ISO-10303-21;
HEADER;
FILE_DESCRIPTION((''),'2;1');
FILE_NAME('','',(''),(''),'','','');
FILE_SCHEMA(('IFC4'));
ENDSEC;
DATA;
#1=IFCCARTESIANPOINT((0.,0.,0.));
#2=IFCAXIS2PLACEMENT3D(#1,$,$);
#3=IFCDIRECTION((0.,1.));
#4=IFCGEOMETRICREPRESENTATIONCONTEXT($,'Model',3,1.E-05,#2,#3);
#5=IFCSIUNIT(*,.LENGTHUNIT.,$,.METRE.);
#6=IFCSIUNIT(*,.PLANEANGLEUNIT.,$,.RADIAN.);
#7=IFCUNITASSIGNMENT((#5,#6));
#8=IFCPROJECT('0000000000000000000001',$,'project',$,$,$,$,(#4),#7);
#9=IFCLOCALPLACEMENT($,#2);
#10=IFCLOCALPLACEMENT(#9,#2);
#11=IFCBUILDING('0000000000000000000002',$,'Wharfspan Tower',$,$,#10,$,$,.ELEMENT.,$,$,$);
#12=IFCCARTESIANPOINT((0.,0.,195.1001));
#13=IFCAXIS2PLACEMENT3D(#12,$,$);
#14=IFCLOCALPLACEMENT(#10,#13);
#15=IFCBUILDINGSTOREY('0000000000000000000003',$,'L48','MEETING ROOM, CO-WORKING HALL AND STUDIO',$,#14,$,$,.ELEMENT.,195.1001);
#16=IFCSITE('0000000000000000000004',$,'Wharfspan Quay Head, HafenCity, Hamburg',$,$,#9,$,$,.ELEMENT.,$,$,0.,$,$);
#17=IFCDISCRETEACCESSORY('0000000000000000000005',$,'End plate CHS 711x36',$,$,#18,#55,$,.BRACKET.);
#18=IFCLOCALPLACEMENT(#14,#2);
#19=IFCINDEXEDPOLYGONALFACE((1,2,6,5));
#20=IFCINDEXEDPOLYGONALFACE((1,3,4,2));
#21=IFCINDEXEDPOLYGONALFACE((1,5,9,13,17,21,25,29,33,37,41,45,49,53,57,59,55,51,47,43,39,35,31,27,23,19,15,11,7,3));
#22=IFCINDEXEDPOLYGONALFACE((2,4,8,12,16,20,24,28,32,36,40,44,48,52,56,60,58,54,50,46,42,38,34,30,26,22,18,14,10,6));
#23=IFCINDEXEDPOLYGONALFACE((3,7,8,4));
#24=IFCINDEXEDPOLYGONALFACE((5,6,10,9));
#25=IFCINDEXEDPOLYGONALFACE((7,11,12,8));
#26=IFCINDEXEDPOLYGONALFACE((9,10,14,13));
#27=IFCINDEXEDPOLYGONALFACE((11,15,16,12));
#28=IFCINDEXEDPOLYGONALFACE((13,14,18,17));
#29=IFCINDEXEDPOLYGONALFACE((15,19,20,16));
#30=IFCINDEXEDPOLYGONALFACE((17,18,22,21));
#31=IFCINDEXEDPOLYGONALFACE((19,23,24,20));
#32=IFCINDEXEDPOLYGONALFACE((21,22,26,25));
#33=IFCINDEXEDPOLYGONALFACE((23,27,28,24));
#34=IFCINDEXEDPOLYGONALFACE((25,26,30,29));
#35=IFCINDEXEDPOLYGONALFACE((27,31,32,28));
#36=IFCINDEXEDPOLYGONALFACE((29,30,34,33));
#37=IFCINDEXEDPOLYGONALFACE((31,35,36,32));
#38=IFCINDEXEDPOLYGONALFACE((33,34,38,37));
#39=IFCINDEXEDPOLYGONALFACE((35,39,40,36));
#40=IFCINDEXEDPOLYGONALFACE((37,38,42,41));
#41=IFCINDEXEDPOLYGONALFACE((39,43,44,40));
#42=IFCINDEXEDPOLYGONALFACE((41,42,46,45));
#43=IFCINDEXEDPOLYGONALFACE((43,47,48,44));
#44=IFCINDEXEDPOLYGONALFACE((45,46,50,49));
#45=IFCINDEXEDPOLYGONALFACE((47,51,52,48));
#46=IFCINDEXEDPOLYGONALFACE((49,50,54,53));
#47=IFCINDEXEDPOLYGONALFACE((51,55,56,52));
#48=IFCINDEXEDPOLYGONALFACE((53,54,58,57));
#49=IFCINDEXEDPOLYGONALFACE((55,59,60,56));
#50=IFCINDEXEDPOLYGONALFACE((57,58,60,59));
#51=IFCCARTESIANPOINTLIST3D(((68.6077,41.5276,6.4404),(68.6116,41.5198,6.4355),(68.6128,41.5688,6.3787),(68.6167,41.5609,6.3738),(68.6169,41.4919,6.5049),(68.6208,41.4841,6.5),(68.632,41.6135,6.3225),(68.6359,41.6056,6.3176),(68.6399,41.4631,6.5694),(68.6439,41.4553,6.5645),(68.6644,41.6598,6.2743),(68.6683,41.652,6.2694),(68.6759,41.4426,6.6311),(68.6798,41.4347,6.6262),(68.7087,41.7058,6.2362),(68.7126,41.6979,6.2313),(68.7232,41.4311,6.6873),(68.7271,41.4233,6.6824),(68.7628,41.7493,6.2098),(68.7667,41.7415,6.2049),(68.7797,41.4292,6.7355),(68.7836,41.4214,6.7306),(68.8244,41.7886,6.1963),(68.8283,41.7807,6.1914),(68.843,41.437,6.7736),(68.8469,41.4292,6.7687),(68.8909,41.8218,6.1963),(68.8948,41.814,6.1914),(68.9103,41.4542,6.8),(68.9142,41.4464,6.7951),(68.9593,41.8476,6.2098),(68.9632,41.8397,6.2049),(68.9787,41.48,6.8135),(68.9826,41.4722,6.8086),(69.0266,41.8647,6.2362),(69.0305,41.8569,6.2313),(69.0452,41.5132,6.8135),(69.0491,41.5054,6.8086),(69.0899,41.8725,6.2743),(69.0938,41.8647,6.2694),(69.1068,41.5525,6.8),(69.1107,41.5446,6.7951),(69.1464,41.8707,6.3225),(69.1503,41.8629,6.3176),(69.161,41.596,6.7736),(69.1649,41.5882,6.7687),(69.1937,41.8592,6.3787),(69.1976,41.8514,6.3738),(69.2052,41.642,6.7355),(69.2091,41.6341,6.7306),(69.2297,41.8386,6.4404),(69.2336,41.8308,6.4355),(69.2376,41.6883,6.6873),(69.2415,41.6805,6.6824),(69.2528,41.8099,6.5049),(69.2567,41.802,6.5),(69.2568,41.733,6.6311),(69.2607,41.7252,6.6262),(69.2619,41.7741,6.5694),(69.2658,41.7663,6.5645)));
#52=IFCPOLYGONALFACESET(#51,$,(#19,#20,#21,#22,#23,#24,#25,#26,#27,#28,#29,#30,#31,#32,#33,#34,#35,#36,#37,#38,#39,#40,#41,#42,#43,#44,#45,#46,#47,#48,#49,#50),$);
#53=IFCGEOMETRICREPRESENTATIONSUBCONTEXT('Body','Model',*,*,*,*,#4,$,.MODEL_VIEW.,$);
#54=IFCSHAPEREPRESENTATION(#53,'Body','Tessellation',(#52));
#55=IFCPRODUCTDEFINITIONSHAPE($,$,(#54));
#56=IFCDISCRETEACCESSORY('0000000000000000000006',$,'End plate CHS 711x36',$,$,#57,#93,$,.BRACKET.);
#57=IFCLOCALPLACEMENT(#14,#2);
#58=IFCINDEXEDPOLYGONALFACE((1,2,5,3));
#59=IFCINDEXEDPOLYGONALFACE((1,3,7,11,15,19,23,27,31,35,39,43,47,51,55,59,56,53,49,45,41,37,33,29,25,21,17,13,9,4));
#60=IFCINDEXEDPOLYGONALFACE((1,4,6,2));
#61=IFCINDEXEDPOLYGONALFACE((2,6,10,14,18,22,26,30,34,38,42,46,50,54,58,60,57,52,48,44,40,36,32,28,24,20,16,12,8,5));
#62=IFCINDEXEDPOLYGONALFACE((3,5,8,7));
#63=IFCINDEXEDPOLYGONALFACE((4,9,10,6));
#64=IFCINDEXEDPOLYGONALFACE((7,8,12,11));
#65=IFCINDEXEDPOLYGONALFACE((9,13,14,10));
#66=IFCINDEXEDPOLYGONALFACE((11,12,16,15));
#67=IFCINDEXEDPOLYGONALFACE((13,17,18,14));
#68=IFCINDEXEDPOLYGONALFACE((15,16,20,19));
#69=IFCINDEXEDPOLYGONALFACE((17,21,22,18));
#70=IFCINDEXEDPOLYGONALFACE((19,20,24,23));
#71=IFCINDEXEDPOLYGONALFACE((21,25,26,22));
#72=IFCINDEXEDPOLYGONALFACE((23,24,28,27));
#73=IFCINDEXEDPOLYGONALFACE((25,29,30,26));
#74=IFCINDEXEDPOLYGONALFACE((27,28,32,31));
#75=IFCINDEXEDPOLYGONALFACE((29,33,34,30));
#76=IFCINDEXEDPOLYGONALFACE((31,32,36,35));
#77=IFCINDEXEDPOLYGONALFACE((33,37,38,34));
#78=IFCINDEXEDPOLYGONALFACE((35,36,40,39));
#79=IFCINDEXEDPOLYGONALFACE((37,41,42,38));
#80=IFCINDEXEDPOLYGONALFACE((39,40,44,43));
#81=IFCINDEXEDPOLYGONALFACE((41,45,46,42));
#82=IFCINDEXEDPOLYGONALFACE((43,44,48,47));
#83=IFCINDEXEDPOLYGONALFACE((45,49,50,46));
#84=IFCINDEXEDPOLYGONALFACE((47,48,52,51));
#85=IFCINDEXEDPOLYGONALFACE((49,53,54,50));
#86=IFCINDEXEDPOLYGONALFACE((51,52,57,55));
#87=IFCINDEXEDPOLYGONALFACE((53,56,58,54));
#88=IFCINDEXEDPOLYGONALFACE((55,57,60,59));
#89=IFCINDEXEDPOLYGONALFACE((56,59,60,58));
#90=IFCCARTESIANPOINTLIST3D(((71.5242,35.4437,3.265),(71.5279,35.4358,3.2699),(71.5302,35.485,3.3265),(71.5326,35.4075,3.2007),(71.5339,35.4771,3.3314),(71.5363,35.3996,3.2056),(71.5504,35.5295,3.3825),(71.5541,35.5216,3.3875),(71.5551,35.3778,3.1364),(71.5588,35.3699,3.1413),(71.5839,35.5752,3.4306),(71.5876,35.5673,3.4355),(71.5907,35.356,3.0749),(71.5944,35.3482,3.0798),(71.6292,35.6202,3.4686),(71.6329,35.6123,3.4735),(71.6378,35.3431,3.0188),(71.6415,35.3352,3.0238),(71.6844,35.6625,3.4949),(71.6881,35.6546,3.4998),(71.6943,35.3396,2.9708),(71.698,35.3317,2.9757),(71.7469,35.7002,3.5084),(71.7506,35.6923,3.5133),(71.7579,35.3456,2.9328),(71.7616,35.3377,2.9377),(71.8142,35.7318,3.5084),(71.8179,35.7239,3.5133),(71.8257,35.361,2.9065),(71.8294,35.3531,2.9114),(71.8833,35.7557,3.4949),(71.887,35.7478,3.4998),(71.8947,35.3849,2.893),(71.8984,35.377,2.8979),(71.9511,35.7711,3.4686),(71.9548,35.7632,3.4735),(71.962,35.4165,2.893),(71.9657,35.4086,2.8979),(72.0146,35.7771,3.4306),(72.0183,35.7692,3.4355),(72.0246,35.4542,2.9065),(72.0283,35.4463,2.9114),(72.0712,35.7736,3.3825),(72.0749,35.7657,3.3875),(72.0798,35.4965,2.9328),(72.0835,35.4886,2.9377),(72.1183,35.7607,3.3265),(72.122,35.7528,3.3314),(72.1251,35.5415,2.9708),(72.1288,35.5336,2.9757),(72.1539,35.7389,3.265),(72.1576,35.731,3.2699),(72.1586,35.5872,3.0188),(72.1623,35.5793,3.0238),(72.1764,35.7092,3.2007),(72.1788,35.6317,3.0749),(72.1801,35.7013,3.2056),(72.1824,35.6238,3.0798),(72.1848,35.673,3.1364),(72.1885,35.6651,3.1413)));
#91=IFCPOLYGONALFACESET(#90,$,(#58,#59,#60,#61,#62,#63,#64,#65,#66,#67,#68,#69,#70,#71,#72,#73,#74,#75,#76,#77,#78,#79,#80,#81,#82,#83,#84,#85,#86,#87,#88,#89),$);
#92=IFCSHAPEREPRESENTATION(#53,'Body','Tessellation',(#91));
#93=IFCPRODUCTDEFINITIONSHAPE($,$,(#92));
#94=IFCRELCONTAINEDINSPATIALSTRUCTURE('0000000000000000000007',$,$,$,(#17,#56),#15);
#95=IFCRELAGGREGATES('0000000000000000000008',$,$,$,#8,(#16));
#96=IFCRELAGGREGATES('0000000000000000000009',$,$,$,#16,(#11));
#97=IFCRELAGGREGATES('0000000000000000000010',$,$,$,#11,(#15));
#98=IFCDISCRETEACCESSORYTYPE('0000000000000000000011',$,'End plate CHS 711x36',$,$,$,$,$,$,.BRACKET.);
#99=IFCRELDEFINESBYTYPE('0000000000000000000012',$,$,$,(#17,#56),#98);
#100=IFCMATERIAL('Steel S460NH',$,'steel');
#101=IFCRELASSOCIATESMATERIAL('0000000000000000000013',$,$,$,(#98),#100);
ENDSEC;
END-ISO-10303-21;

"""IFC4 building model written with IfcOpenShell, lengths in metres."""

from ifc_helpers import new_model, si_unit, direction, frame, origin, origin_2d, place, context, subcontext, project, spatial, circle, extrude, material, material_profile, profile_set, type_object, element, save


model = new_model("IFC4")

# Units and contexts
model_context = context("Model", 3, precision=1e-05, world=origin(), true_north=direction((0.0, 1.0)))
body_context = subcontext(model_context, "Body", "Model", "MODEL_VIEW")
ifc_project = project(units=[si_unit("LENGTHUNIT", "METRE"), si_unit("PLANEANGLEUNIT", "RADIAN")], contexts=[model_context])

# Site, building, storey
site_placement = place(None, origin())
site = spatial("IfcSite", under=ifc_project, at=site_placement, Name="Wharfspan Quay Head, HafenCity, Hamburg", CompositionType="ELEMENT", RefElevation=0.0)
building_placement = place(site_placement, origin())
building = spatial("IfcBuilding", under=site, at=building_placement, Name="Wharfspan Tower", CompositionType="ELEMENT")
storey_placement = place(building_placement, frame((0.0, 0.0, 195.1001)))
storey = spatial("IfcBuildingStorey", under=building, at=storey_placement, Name="L48", Description="MEETING ROOM, CO-WORKING HALL AND STUDIO", CompositionType="ELEMENT", Elevation=195.1001)

# Shared definitions
ifc_material_1 = material(Name="Steel S460NH", Category="steel")

# Discrete accessories
ifc_material_profile_1 = material_profile(ifc_material_1, circle(Radius=0.3555, at=origin_2d()))
ifc_profile_set_1 = profile_set([ifc_material_profile_1], Name="Steel S460NH")
discrete_accessory_type = type_object("IfcDiscreteAccessoryType", Name="End plate CHS 711x36", PredefinedType="BRACKET", material=ifc_profile_set_1)
for number, where, z_axis, x_axis, name in (
    (1, (68.9387, 41.6431, 6.5), (-0.39036, 0.78072, 0.48795), (-0.894428, -0.447214, 0.0), "End plate CHS 711x36"),
    (2, (71.8545, 35.5583, 3.2007), (0.369386, -0.788024, 0.492515), (0.905459, 0.424433, -0.000001), "End plate CHS 711x36"),
):
    element("IfcDiscreteAccessory", number, at=place(storey_placement, frame(where, z_axis=z_axis, x_axis=x_axis)), inside=storey, type_object=discrete_accessory_type, Name=name, PredefinedType="BRACKET", context=body_context, shape_type="SweptSolid", body=[
        extrude(circle(Radius=0.3555, at=origin_2d()), origin(), (0.0, 0.0, 1.0), 0.01),
    ])

save(model, "model.ifc")
